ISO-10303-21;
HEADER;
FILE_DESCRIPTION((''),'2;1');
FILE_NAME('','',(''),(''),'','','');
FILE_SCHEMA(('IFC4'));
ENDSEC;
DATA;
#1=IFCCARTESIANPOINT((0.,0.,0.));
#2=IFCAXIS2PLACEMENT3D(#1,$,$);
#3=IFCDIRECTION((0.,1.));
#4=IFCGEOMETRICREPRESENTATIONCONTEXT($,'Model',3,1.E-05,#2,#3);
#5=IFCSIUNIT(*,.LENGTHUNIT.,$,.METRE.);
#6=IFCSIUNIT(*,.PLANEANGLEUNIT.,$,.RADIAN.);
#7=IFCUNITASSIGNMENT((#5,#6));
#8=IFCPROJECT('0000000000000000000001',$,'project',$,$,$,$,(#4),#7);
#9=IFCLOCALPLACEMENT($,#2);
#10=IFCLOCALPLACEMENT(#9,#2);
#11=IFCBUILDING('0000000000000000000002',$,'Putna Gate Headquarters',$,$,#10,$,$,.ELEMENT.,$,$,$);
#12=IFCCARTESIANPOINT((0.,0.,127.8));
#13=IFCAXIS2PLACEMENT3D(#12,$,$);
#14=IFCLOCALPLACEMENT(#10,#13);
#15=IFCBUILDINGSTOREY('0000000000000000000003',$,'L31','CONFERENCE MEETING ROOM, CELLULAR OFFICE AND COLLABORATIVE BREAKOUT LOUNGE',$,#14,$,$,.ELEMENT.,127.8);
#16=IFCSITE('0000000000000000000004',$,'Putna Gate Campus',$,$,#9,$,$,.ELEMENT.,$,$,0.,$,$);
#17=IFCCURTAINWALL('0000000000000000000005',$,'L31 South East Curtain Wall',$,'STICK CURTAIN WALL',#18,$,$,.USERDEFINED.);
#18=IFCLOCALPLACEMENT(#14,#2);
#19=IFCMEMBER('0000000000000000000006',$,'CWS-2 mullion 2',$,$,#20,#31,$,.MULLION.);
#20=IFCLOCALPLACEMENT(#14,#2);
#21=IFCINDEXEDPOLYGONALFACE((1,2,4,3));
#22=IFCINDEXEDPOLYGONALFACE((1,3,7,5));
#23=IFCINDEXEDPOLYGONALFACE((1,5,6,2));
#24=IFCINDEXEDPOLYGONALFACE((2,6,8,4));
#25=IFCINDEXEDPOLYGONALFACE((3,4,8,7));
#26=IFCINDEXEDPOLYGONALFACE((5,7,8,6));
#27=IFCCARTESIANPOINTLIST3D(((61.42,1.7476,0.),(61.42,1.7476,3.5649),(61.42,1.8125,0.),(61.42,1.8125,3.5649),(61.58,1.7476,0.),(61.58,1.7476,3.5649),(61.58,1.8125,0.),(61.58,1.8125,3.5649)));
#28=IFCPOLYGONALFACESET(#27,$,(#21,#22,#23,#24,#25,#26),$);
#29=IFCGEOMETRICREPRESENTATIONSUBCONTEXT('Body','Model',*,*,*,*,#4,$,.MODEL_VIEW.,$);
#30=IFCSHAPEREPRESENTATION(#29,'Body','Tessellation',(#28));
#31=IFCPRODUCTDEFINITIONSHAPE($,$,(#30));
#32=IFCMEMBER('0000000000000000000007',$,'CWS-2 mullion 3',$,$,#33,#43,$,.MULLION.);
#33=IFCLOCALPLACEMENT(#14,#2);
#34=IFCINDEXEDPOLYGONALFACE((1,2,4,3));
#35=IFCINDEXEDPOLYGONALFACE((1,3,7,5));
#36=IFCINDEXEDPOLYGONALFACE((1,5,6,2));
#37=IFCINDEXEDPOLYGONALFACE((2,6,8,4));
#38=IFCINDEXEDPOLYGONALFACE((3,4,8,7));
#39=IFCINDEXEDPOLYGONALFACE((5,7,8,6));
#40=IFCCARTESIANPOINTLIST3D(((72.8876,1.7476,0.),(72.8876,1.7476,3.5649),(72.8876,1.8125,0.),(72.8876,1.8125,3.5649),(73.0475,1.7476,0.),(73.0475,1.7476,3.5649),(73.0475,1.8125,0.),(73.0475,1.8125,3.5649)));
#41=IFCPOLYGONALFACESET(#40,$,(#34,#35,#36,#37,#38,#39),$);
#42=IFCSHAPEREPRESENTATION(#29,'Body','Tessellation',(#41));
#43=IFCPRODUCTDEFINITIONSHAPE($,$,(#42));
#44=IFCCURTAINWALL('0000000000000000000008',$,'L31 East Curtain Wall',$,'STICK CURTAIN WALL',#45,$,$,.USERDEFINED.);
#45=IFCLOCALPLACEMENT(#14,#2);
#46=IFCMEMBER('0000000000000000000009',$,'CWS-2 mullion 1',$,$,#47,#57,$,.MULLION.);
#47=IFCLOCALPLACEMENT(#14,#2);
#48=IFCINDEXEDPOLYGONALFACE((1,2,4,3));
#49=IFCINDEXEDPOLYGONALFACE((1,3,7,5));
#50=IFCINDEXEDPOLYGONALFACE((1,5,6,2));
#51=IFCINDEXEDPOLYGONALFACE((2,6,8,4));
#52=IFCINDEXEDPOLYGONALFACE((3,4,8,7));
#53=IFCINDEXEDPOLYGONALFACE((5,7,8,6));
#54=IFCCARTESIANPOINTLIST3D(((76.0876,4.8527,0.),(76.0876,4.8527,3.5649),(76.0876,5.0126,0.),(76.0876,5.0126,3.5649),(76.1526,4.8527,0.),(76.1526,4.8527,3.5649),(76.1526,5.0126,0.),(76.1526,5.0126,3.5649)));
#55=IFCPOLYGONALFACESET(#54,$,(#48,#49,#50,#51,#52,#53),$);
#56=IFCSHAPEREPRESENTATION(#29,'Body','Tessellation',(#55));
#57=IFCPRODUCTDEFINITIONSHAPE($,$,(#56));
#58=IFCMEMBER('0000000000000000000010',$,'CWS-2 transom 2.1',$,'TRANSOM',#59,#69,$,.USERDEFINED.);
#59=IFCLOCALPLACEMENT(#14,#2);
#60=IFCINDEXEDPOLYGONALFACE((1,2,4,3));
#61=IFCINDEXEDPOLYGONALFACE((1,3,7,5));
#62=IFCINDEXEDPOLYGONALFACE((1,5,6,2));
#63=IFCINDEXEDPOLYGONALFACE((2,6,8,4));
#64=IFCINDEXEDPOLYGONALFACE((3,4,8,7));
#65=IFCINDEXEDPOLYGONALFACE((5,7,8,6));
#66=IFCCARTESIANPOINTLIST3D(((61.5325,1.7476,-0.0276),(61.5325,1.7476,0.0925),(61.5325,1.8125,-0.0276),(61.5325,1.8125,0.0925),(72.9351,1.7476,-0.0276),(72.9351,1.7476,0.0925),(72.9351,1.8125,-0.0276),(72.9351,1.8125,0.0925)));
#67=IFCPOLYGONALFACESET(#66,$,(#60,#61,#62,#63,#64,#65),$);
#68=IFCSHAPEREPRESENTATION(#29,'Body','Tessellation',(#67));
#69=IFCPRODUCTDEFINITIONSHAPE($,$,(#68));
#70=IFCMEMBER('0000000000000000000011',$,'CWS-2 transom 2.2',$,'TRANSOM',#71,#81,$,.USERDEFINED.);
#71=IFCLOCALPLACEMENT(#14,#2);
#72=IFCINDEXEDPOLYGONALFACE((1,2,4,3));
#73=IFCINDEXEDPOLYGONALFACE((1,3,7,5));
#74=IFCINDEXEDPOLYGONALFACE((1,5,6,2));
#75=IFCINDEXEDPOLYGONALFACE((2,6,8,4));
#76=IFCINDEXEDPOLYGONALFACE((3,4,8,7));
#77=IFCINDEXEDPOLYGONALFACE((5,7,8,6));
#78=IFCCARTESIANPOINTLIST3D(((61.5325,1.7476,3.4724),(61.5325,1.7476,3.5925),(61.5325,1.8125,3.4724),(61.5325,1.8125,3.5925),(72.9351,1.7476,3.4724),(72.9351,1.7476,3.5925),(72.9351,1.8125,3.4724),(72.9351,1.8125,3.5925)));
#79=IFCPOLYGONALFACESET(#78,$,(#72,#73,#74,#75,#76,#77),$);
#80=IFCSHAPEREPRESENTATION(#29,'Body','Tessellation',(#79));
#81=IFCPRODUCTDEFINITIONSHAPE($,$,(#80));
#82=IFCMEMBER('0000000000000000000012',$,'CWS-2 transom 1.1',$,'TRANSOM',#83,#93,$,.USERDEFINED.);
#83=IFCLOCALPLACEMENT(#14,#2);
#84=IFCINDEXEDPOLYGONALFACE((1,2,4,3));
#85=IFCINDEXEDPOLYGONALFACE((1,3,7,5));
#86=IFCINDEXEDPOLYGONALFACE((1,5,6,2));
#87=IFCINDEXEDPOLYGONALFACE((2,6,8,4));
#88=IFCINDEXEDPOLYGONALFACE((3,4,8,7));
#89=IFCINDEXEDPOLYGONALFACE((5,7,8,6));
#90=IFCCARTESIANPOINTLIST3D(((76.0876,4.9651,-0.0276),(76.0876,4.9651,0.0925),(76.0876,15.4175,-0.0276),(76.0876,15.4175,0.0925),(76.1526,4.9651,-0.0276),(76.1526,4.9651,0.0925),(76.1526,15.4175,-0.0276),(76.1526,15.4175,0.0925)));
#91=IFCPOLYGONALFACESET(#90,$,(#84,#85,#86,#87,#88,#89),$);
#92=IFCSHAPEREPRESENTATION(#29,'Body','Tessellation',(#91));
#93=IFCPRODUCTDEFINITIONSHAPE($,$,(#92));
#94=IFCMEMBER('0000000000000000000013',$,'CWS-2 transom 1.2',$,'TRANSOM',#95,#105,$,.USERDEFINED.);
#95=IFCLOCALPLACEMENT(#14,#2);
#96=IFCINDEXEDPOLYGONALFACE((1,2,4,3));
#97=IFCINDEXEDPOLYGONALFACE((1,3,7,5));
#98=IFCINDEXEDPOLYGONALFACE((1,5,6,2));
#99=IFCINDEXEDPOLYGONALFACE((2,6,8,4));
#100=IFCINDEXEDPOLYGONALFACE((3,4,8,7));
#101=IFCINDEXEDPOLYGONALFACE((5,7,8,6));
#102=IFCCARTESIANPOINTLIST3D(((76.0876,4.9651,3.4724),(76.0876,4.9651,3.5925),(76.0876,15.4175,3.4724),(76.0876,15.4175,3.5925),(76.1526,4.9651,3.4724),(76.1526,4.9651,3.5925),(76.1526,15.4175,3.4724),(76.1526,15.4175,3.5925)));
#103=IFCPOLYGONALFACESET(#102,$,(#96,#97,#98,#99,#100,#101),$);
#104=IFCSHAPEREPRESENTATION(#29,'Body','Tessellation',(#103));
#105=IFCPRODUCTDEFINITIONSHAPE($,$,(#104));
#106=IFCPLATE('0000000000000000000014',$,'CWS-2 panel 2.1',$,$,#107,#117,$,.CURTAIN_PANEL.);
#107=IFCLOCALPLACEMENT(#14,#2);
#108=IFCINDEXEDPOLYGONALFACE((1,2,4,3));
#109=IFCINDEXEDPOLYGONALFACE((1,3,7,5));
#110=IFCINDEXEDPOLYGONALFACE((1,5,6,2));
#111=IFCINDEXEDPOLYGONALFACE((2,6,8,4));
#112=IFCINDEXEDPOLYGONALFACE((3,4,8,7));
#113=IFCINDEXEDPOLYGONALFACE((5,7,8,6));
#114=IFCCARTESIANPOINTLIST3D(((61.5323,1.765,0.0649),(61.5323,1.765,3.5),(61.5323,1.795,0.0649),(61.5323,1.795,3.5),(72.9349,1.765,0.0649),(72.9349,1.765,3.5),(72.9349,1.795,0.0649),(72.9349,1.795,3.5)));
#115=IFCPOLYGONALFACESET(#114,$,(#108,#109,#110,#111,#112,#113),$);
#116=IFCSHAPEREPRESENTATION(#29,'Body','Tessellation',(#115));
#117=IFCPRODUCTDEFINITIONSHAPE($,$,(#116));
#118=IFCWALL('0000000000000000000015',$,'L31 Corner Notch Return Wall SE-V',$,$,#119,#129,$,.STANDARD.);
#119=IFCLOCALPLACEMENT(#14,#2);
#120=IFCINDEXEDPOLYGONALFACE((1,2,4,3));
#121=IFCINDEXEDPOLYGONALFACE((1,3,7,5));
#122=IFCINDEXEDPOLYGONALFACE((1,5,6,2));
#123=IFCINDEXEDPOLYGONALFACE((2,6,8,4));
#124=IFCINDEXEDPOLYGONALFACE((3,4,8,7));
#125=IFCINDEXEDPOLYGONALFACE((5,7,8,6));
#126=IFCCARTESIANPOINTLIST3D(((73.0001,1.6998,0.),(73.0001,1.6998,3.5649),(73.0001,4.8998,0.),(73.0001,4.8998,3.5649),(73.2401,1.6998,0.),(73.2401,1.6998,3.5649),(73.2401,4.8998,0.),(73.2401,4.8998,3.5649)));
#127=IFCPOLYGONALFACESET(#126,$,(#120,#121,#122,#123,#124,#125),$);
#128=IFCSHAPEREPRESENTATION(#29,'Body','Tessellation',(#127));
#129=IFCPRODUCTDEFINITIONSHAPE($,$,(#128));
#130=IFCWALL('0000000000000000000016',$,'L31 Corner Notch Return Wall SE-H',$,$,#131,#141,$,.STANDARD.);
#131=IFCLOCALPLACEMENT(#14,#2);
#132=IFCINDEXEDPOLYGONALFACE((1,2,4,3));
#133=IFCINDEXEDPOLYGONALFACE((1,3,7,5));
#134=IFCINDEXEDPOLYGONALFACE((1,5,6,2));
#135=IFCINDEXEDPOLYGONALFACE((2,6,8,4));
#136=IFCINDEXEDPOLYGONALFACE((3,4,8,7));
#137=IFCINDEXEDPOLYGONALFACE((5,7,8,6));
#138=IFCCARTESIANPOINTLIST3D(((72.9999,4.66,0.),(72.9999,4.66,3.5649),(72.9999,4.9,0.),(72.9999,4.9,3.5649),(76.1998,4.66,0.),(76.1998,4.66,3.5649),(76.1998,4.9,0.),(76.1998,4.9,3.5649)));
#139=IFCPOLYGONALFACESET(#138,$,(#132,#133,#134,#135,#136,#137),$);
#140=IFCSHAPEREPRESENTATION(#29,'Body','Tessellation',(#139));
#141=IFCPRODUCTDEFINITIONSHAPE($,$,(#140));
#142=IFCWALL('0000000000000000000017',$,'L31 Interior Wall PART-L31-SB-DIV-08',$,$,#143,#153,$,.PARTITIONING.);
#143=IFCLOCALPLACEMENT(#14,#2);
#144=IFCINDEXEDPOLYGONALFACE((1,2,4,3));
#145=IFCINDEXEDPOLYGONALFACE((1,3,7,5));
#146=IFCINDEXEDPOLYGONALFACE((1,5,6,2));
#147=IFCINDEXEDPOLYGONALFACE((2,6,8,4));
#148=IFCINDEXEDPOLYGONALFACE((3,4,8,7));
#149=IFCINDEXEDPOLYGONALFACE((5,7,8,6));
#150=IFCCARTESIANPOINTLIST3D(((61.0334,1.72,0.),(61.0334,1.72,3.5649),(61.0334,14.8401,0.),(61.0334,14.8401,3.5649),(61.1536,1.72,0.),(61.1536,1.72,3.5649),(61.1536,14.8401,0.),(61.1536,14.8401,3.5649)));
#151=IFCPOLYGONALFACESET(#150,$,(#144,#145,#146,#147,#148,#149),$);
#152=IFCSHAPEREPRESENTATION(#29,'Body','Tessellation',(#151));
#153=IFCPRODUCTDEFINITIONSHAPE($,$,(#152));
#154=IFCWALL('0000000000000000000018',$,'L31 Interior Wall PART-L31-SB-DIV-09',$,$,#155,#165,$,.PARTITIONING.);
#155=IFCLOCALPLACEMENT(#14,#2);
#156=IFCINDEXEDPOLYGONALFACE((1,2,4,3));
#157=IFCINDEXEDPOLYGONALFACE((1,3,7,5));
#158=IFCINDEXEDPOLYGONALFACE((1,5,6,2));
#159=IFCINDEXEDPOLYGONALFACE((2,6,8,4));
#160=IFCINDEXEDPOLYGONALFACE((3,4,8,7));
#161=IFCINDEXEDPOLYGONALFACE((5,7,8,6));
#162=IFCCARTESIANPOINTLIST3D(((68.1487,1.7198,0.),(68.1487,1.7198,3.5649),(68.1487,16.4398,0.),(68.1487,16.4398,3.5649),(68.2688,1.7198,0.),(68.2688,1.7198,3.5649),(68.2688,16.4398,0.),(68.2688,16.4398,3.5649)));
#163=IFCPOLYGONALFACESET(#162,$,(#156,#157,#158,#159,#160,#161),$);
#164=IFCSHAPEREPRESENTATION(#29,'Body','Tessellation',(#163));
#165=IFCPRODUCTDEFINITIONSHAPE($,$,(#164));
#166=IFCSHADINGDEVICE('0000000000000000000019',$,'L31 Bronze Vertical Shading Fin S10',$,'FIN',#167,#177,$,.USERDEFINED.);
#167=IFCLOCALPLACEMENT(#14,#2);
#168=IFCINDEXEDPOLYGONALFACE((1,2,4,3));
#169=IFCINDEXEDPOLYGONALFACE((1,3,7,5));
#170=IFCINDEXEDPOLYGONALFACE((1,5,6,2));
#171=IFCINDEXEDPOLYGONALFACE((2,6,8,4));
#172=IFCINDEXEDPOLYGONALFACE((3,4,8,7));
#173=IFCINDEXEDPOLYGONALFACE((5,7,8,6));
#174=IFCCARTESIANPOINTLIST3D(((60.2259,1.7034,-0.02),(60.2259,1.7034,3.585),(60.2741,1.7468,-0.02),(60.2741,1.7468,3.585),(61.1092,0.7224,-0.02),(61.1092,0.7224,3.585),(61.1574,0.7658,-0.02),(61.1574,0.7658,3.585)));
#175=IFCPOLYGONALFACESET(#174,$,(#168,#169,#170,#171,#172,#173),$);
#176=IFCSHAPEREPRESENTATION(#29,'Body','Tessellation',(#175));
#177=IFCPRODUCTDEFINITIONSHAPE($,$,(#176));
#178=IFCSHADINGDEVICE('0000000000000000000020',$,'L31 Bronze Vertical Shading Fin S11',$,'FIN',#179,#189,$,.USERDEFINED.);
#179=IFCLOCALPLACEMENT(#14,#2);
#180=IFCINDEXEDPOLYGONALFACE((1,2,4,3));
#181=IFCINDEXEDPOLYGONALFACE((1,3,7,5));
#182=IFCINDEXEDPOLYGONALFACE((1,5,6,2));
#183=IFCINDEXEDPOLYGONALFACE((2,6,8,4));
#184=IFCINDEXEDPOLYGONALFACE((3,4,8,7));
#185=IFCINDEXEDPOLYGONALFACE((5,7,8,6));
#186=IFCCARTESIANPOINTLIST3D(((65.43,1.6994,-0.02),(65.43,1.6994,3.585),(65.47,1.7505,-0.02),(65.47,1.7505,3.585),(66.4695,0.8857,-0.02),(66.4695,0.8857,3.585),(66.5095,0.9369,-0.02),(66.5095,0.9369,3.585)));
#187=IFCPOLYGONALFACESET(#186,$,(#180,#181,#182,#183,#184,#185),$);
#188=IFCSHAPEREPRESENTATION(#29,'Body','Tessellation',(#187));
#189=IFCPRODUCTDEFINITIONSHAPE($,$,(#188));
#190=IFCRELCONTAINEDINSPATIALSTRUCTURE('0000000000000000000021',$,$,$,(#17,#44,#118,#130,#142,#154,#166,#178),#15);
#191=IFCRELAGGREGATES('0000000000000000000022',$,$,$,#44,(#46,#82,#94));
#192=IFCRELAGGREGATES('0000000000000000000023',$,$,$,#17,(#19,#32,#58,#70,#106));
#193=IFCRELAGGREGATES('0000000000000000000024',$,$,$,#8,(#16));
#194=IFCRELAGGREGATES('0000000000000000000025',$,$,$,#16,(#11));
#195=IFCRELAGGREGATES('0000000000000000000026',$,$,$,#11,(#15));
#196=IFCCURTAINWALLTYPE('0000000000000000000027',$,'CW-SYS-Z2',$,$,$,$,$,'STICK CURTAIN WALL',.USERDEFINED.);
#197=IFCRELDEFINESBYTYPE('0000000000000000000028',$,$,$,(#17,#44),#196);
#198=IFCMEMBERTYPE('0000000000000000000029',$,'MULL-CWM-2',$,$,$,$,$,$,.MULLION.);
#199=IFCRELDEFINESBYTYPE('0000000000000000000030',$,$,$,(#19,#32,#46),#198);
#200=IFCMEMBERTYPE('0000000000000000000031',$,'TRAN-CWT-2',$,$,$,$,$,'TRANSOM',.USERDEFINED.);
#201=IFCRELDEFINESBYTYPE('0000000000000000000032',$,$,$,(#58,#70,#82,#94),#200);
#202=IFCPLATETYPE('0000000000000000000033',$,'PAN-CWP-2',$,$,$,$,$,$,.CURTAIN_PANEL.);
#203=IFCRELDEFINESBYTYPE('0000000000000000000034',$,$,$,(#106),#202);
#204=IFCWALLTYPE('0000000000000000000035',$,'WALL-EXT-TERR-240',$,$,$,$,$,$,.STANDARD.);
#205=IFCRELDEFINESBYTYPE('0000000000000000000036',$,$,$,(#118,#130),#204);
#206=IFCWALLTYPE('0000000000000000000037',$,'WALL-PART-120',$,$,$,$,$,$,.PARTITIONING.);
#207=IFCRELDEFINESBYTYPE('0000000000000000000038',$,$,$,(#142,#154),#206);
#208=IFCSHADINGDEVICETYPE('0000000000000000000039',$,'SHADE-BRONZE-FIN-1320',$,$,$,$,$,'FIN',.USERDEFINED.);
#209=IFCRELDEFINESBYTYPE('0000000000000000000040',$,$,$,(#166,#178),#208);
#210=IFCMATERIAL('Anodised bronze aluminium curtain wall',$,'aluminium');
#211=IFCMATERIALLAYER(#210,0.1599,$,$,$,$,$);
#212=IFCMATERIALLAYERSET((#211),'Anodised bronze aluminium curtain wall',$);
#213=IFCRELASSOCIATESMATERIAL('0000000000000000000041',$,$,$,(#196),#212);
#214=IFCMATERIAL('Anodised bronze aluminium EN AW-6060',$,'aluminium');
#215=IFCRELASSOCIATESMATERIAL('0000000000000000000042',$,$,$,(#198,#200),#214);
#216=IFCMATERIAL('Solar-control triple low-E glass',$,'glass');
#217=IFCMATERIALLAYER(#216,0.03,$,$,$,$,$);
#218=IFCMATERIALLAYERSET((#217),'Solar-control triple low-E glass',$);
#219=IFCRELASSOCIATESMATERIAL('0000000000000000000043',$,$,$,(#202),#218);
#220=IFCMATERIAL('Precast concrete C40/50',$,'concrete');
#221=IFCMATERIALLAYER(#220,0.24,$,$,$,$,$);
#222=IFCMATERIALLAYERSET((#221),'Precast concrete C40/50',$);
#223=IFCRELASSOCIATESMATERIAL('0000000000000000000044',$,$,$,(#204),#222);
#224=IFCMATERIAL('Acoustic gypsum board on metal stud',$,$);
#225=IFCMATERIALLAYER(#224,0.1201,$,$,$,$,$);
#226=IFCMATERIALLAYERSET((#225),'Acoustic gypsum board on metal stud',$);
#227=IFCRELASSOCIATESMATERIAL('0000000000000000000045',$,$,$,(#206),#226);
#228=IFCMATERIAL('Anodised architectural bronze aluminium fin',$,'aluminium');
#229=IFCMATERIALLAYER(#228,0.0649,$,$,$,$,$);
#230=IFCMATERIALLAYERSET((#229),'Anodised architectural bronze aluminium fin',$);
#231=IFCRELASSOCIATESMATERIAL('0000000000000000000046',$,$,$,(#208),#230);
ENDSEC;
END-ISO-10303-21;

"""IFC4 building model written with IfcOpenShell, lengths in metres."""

from ifc_helpers import new_model, si_unit, direction, frame, frame_2d, origin, origin_2d, place, context, subcontext, project, spatial, rectangle, extrude, material, layer, layer_set, material_profile, profile_set, type_object, element, aggregate, save


model = new_model("IFC4")

# Units and contexts
model_context = context("Model", 3, precision=1e-05, world=origin(), true_north=direction((0.0, 1.0)))
body_context = subcontext(model_context, "Body", "Model", "MODEL_VIEW")
ifc_project = project(units=[si_unit("LENGTHUNIT", "METRE"), si_unit("PLANEANGLEUNIT", "RADIAN")], contexts=[model_context])

# Site, building, storey
site_placement = place(None, origin())
site = spatial("IfcSite", under=ifc_project, at=site_placement, Name="Putna Gate Campus", CompositionType="ELEMENT", RefElevation=0.0)
building_placement = place(site_placement, origin())
building = spatial("IfcBuilding", under=site, at=building_placement, Name="Putna Gate Headquarters", CompositionType="ELEMENT")
storey_placement = place(building_placement, frame((0.0, 0.0, 127.8)))
storey = spatial("IfcBuildingStorey", under=building, at=storey_placement, Name="L31", Description="CONFERENCE MEETING ROOM, CELLULAR OFFICE AND COLLABORATIVE BREAKOUT LOUNGE", CompositionType="ELEMENT", Elevation=127.8)

# Curtain wall, members
ifc_material_1 = material(Name="Anodised bronze aluminium curtain wall", Category="aluminium")
ifc_layer_1 = layer(ifc_material_1, 0.1599)
ifc_layer_set_1 = layer_set([ifc_layer_1], Name="Anodised bronze aluminium curtain wall")
curtain_wall_type = type_object("IfcCurtainWallType", Name="CW-SYS-Z2", ElementType="STICK CURTAIN WALL", PredefinedType="USERDEFINED", material=ifc_layer_set_1)
curtain_wall_1_placement = place(storey_placement, origin())
curtain_wall_1 = element("IfcCurtainWall", 1, at=curtain_wall_1_placement, inside=storey, type_object=curtain_wall_type, Name="L31 South East Curtain Wall", ObjectType="STICK CURTAIN WALL", PredefinedType="USERDEFINED")
ifc_material_2 = material(Name="Anodised bronze aluminium EN AW-6060", Category="aluminium")
ifc_material_profile_1 = material_profile(ifc_material_2, rectangle(XDim=0.0649, YDim=0.1599, at=origin_2d()), Name="Anodised bronze aluminium EN AW-6060")
ifc_profile_set_1 = profile_set([ifc_material_profile_1], Name="Anodised bronze aluminium EN AW-6060")
member_type_1 = type_object("IfcMemberType", Name="MULL-CWM-2", PredefinedType="MULLION", material=ifc_profile_set_1)
member_1_placement = place(storey_placement, frame((61.5, 1.78, 0.0), z_axis=(0.0, 0.0, 1.0), x_axis=(0.0, 1.0, 0.0)))
member_1 = element("IfcMember", 2, at=member_1_placement, type_object=member_type_1, Name="CWS-2 mullion 2", PredefinedType="MULLION", context=body_context, shape_type="SweptSolid", body=[
    extrude(rectangle(XDim=0.0649, YDim=0.1599, at=origin_2d()), origin(), (0.0, 0.0, 1.0), 3.5649),
])
member_2_placement = place(storey_placement, frame((72.9675, 1.78, 0.0), z_axis=(0.0, 0.0, 1.0), x_axis=(0.0, 1.0, 0.0)))
member_2 = element("IfcMember", 3, at=member_2_placement, type_object=member_type_1, Name="CWS-2 mullion 3", PredefinedType="MULLION", context=body_context, shape_type="SweptSolid", body=[
    extrude(rectangle(XDim=0.0649, YDim=0.1599, at=origin_2d()), origin(), (0.0, 0.0, 1.0), 3.5649),
])

# Curtain wall, member
curtain_wall_2_placement = place(storey_placement, origin())
curtain_wall_2 = element("IfcCurtainWall", 4, at=curtain_wall_2_placement, inside=storey, type_object=curtain_wall_type, Name="L31 East Curtain Wall", ObjectType="STICK CURTAIN WALL", PredefinedType="USERDEFINED")
member_3_placement = place(storey_placement, frame((76.1201, 4.9326, 0.0), z_axis=(0.0, 0.0, 1.0), x_axis=(-1.0, 0.0, 0.0)))
member_3 = element("IfcMember", 5, at=member_3_placement, type_object=member_type_1, Name="CWS-2 mullion 1", PredefinedType="MULLION", context=body_context, shape_type="SweptSolid", body=[
    extrude(rectangle(XDim=0.0649, YDim=0.1599, at=origin_2d()), origin(), (0.0, 0.0, 1.0), 3.5649),
])

# Members
ifc_material_profile_2 = material_profile(ifc_material_2, rectangle(XDim=0.0649, YDim=0.1201, at=origin_2d()), Name="Anodised bronze aluminium EN AW-6060")
ifc_profile_set_2 = profile_set([ifc_material_profile_2], Name="Anodised bronze aluminium EN AW-6060")
member_type_2 = type_object("IfcMemberType", Name="TRAN-CWT-2", ElementType="TRANSOM", PredefinedType="USERDEFINED", material=ifc_profile_set_2)
member_4_placement = place(storey_placement, frame((61.5325, 1.78, 0.0325), z_axis=(1.0, 0.0, 0.0), x_axis=(0.0, 1.0, 0.0)))
member_4 = element("IfcMember", 6, at=member_4_placement, type_object=member_type_2, Name="CWS-2 transom 2.1", ObjectType="TRANSOM", PredefinedType="USERDEFINED", context=body_context, shape_type="SweptSolid", body=[
    extrude(rectangle(XDim=0.0649, YDim=0.1201, at=origin_2d()), origin(), (0.0, 0.0, 1.0), 11.4026),
])
member_5_placement = place(storey_placement, frame((61.5325, 1.78, 3.5325), z_axis=(1.0, 0.0, 0.0), x_axis=(0.0, 1.0, 0.0)))
member_5 = element("IfcMember", 7, at=member_5_placement, type_object=member_type_2, Name="CWS-2 transom 2.2", ObjectType="TRANSOM", PredefinedType="USERDEFINED", context=body_context, shape_type="SweptSolid", body=[
    extrude(rectangle(XDim=0.0649, YDim=0.1201, at=origin_2d()), origin(), (0.0, 0.0, 1.0), 11.4026),
])
member_6_placement = place(storey_placement, frame((76.1201, 4.9651, 0.0325), z_axis=(0.0, 1.0, 0.0), x_axis=(-1.0, 0.0, 0.0)))
member_6 = element("IfcMember", 8, at=member_6_placement, type_object=member_type_2, Name="CWS-2 transom 1.1", ObjectType="TRANSOM", PredefinedType="USERDEFINED", context=body_context, shape_type="SweptSolid", body=[
    extrude(rectangle(XDim=0.0649, YDim=0.1201, at=origin_2d()), origin(), (0.0, 0.0, 1.0), 10.4524),
])
member_7_placement = place(storey_placement, frame((76.1201, 4.9651, 3.5325), z_axis=(0.0, 1.0, 0.0), x_axis=(-1.0, 0.0, 0.0)))
member_7 = element("IfcMember", 9, at=member_7_placement, type_object=member_type_2, Name="CWS-2 transom 1.2", ObjectType="TRANSOM", PredefinedType="USERDEFINED", context=body_context, shape_type="SweptSolid", body=[
    extrude(rectangle(XDim=0.0649, YDim=0.1201, at=origin_2d()), origin(), (0.0, 0.0, 1.0), 10.4524),
])
aggregate(curtain_wall_2, [member_3, member_6, member_7])

# Plate
ifc_material_3 = material(Name="Solar-control triple low-E glass", Category="glass")
ifc_layer_2 = layer(ifc_material_3, 0.03)
ifc_layer_set_2 = layer_set([ifc_layer_2], Name="Solar-control triple low-E glass")
plate_type = type_object("IfcPlateType", Name="PAN-CWP-2", PredefinedType="CURTAIN_PANEL", material=ifc_layer_set_2)
plate_placement = place(storey_placement, frame((67.2336, 1.78, 0.0649), z_axis=(0.0, 0.0, 1.0), x_axis=(1.0, 0.0, 0.0)))
plate = element("IfcPlate", 10, at=plate_placement, type_object=plate_type, Name="CWS-2 panel 2.1", PredefinedType="CURTAIN_PANEL", context=body_context, shape_type="SweptSolid", body=[
    extrude(rectangle(XDim=11.4026, YDim=0.03, at=origin_2d()), origin(), (0.0, 0.0, 1.0), 3.4351),
])
aggregate(curtain_wall_1, [member_1, member_2, member_4, member_5, plate])

# Walls
ifc_material_4 = material(Name="Precast concrete C40/50", Category="concrete")
ifc_layer_3 = layer(ifc_material_4, 0.24)
ifc_layer_set_3 = layer_set([ifc_layer_3], Name="Precast concrete C40/50")
wall_type_1 = type_object("IfcWallType", Name="WALL-EXT-TERR-240", PredefinedType="STANDARD", material=ifc_layer_set_3)
for number, where, z_axis, x_axis, name in (
    (11, (73.1201, 4.8999, 0.0), (0.0, 0.0, 1.0), (0.0, -1.0, 0.0), "L31 Corner Notch Return Wall SE-V"),
    (12, (76.2, 4.78, 0.0), (0.0, 0.0, 1.0), (-1.0, 0.0, 0.0), "L31 Corner Notch Return Wall SE-H"),
):
    element("IfcWall", number, at=place(storey_placement, frame(where, z_axis=z_axis, x_axis=x_axis)), inside=storey, type_object=wall_type_1, Name=name, PredefinedType="STANDARD", context=body_context, shape_type="SweptSolid", body=[
        extrude(rectangle(XDim=3.2, YDim=0.24, at=frame_2d((1.6001, 0.0))), origin(), (0.0, 0.0, 1.0), 3.5649),
    ])
ifc_material_5 = material(Name="Acoustic gypsum board on metal stud")
ifc_layer_4 = layer(ifc_material_5, 0.1201)
ifc_layer_set_4 = layer_set([ifc_layer_4], Name="Acoustic gypsum board on metal stud")
wall_type_2 = type_object("IfcWallType", Name="WALL-PART-120", PredefinedType="PARTITIONING", material=ifc_layer_set_4)
wall_1_placement = place(storey_placement, frame((61.0935, 1.72, 0.0), z_axis=(0.0, 0.0, 1.0), x_axis=(0.0, 1.0, 0.0)))
element("IfcWall", 13, at=wall_1_placement, inside=storey, type_object=wall_type_2, Name="L31 Interior Wall PART-L31-SB-DIV-08", PredefinedType="PARTITIONING", context=body_context, shape_type="SweptSolid", body=[
    extrude(rectangle(XDim=13.1201, YDim=0.1201, at=frame_2d((6.5601, 0.0))), origin(), (0.0, 0.0, 1.0), 3.5649),
])
wall_2_placement = place(storey_placement, frame((68.2087, 1.72, 0.0), z_axis=(0.0, 0.0, 1.0), x_axis=(0.0, 1.0, 0.0)))
element("IfcWall", 14, at=wall_2_placement, inside=storey, type_object=wall_type_2, Name="L31 Interior Wall PART-L31-SB-DIV-09", PredefinedType="PARTITIONING", context=body_context, shape_type="SweptSolid", body=[
    extrude(rectangle(XDim=14.72, YDim=0.1201, at=frame_2d((7.3599, 0.0))), origin(), (0.0, 0.0, 1.0), 3.5649),
])

# Shading devices
ifc_material_6 = material(Name="Anodised architectural bronze aluminium fin", Category="aluminium")
ifc_layer_5 = layer(ifc_material_6, 0.0649)
ifc_layer_set_5 = layer_set([ifc_layer_5], Name="Anodised architectural bronze aluminium fin")
shading_device_type = type_object("IfcShadingDeviceType", Name="SHADE-BRONZE-FIN-1320", ElementType="FIN", PredefinedType="USERDEFINED", material=ifc_layer_set_5)
for number, where, z_axis, x_axis, name in (
    (15, (60.6917, 1.2346, -0.02), (0.0, 0.0, 1.0), (0.669131, -0.743145, 0.0), "L31 Bronze Vertical Shading Fin S10"),
    (16, (65.9697, 1.3181, -0.02), (0.0, 0.0, 1.0), (0.787473, -0.616349, 0.0), "L31 Bronze Vertical Shading Fin S11"),
):
    element("IfcShadingDevice", number, at=place(storey_placement, frame(where, z_axis=z_axis, x_axis=x_axis)), inside=storey, type_object=shading_device_type, Name=name, ObjectType="FIN", PredefinedType="USERDEFINED", context=body_context, shape_type="SweptSolid", body=[
        extrude(rectangle(XDim=1.3201, YDim=0.0649, at=origin_2d()), origin(), (0.0, 0.0, 1.0), 3.605),
    ])

save(model, "model.ifc")
